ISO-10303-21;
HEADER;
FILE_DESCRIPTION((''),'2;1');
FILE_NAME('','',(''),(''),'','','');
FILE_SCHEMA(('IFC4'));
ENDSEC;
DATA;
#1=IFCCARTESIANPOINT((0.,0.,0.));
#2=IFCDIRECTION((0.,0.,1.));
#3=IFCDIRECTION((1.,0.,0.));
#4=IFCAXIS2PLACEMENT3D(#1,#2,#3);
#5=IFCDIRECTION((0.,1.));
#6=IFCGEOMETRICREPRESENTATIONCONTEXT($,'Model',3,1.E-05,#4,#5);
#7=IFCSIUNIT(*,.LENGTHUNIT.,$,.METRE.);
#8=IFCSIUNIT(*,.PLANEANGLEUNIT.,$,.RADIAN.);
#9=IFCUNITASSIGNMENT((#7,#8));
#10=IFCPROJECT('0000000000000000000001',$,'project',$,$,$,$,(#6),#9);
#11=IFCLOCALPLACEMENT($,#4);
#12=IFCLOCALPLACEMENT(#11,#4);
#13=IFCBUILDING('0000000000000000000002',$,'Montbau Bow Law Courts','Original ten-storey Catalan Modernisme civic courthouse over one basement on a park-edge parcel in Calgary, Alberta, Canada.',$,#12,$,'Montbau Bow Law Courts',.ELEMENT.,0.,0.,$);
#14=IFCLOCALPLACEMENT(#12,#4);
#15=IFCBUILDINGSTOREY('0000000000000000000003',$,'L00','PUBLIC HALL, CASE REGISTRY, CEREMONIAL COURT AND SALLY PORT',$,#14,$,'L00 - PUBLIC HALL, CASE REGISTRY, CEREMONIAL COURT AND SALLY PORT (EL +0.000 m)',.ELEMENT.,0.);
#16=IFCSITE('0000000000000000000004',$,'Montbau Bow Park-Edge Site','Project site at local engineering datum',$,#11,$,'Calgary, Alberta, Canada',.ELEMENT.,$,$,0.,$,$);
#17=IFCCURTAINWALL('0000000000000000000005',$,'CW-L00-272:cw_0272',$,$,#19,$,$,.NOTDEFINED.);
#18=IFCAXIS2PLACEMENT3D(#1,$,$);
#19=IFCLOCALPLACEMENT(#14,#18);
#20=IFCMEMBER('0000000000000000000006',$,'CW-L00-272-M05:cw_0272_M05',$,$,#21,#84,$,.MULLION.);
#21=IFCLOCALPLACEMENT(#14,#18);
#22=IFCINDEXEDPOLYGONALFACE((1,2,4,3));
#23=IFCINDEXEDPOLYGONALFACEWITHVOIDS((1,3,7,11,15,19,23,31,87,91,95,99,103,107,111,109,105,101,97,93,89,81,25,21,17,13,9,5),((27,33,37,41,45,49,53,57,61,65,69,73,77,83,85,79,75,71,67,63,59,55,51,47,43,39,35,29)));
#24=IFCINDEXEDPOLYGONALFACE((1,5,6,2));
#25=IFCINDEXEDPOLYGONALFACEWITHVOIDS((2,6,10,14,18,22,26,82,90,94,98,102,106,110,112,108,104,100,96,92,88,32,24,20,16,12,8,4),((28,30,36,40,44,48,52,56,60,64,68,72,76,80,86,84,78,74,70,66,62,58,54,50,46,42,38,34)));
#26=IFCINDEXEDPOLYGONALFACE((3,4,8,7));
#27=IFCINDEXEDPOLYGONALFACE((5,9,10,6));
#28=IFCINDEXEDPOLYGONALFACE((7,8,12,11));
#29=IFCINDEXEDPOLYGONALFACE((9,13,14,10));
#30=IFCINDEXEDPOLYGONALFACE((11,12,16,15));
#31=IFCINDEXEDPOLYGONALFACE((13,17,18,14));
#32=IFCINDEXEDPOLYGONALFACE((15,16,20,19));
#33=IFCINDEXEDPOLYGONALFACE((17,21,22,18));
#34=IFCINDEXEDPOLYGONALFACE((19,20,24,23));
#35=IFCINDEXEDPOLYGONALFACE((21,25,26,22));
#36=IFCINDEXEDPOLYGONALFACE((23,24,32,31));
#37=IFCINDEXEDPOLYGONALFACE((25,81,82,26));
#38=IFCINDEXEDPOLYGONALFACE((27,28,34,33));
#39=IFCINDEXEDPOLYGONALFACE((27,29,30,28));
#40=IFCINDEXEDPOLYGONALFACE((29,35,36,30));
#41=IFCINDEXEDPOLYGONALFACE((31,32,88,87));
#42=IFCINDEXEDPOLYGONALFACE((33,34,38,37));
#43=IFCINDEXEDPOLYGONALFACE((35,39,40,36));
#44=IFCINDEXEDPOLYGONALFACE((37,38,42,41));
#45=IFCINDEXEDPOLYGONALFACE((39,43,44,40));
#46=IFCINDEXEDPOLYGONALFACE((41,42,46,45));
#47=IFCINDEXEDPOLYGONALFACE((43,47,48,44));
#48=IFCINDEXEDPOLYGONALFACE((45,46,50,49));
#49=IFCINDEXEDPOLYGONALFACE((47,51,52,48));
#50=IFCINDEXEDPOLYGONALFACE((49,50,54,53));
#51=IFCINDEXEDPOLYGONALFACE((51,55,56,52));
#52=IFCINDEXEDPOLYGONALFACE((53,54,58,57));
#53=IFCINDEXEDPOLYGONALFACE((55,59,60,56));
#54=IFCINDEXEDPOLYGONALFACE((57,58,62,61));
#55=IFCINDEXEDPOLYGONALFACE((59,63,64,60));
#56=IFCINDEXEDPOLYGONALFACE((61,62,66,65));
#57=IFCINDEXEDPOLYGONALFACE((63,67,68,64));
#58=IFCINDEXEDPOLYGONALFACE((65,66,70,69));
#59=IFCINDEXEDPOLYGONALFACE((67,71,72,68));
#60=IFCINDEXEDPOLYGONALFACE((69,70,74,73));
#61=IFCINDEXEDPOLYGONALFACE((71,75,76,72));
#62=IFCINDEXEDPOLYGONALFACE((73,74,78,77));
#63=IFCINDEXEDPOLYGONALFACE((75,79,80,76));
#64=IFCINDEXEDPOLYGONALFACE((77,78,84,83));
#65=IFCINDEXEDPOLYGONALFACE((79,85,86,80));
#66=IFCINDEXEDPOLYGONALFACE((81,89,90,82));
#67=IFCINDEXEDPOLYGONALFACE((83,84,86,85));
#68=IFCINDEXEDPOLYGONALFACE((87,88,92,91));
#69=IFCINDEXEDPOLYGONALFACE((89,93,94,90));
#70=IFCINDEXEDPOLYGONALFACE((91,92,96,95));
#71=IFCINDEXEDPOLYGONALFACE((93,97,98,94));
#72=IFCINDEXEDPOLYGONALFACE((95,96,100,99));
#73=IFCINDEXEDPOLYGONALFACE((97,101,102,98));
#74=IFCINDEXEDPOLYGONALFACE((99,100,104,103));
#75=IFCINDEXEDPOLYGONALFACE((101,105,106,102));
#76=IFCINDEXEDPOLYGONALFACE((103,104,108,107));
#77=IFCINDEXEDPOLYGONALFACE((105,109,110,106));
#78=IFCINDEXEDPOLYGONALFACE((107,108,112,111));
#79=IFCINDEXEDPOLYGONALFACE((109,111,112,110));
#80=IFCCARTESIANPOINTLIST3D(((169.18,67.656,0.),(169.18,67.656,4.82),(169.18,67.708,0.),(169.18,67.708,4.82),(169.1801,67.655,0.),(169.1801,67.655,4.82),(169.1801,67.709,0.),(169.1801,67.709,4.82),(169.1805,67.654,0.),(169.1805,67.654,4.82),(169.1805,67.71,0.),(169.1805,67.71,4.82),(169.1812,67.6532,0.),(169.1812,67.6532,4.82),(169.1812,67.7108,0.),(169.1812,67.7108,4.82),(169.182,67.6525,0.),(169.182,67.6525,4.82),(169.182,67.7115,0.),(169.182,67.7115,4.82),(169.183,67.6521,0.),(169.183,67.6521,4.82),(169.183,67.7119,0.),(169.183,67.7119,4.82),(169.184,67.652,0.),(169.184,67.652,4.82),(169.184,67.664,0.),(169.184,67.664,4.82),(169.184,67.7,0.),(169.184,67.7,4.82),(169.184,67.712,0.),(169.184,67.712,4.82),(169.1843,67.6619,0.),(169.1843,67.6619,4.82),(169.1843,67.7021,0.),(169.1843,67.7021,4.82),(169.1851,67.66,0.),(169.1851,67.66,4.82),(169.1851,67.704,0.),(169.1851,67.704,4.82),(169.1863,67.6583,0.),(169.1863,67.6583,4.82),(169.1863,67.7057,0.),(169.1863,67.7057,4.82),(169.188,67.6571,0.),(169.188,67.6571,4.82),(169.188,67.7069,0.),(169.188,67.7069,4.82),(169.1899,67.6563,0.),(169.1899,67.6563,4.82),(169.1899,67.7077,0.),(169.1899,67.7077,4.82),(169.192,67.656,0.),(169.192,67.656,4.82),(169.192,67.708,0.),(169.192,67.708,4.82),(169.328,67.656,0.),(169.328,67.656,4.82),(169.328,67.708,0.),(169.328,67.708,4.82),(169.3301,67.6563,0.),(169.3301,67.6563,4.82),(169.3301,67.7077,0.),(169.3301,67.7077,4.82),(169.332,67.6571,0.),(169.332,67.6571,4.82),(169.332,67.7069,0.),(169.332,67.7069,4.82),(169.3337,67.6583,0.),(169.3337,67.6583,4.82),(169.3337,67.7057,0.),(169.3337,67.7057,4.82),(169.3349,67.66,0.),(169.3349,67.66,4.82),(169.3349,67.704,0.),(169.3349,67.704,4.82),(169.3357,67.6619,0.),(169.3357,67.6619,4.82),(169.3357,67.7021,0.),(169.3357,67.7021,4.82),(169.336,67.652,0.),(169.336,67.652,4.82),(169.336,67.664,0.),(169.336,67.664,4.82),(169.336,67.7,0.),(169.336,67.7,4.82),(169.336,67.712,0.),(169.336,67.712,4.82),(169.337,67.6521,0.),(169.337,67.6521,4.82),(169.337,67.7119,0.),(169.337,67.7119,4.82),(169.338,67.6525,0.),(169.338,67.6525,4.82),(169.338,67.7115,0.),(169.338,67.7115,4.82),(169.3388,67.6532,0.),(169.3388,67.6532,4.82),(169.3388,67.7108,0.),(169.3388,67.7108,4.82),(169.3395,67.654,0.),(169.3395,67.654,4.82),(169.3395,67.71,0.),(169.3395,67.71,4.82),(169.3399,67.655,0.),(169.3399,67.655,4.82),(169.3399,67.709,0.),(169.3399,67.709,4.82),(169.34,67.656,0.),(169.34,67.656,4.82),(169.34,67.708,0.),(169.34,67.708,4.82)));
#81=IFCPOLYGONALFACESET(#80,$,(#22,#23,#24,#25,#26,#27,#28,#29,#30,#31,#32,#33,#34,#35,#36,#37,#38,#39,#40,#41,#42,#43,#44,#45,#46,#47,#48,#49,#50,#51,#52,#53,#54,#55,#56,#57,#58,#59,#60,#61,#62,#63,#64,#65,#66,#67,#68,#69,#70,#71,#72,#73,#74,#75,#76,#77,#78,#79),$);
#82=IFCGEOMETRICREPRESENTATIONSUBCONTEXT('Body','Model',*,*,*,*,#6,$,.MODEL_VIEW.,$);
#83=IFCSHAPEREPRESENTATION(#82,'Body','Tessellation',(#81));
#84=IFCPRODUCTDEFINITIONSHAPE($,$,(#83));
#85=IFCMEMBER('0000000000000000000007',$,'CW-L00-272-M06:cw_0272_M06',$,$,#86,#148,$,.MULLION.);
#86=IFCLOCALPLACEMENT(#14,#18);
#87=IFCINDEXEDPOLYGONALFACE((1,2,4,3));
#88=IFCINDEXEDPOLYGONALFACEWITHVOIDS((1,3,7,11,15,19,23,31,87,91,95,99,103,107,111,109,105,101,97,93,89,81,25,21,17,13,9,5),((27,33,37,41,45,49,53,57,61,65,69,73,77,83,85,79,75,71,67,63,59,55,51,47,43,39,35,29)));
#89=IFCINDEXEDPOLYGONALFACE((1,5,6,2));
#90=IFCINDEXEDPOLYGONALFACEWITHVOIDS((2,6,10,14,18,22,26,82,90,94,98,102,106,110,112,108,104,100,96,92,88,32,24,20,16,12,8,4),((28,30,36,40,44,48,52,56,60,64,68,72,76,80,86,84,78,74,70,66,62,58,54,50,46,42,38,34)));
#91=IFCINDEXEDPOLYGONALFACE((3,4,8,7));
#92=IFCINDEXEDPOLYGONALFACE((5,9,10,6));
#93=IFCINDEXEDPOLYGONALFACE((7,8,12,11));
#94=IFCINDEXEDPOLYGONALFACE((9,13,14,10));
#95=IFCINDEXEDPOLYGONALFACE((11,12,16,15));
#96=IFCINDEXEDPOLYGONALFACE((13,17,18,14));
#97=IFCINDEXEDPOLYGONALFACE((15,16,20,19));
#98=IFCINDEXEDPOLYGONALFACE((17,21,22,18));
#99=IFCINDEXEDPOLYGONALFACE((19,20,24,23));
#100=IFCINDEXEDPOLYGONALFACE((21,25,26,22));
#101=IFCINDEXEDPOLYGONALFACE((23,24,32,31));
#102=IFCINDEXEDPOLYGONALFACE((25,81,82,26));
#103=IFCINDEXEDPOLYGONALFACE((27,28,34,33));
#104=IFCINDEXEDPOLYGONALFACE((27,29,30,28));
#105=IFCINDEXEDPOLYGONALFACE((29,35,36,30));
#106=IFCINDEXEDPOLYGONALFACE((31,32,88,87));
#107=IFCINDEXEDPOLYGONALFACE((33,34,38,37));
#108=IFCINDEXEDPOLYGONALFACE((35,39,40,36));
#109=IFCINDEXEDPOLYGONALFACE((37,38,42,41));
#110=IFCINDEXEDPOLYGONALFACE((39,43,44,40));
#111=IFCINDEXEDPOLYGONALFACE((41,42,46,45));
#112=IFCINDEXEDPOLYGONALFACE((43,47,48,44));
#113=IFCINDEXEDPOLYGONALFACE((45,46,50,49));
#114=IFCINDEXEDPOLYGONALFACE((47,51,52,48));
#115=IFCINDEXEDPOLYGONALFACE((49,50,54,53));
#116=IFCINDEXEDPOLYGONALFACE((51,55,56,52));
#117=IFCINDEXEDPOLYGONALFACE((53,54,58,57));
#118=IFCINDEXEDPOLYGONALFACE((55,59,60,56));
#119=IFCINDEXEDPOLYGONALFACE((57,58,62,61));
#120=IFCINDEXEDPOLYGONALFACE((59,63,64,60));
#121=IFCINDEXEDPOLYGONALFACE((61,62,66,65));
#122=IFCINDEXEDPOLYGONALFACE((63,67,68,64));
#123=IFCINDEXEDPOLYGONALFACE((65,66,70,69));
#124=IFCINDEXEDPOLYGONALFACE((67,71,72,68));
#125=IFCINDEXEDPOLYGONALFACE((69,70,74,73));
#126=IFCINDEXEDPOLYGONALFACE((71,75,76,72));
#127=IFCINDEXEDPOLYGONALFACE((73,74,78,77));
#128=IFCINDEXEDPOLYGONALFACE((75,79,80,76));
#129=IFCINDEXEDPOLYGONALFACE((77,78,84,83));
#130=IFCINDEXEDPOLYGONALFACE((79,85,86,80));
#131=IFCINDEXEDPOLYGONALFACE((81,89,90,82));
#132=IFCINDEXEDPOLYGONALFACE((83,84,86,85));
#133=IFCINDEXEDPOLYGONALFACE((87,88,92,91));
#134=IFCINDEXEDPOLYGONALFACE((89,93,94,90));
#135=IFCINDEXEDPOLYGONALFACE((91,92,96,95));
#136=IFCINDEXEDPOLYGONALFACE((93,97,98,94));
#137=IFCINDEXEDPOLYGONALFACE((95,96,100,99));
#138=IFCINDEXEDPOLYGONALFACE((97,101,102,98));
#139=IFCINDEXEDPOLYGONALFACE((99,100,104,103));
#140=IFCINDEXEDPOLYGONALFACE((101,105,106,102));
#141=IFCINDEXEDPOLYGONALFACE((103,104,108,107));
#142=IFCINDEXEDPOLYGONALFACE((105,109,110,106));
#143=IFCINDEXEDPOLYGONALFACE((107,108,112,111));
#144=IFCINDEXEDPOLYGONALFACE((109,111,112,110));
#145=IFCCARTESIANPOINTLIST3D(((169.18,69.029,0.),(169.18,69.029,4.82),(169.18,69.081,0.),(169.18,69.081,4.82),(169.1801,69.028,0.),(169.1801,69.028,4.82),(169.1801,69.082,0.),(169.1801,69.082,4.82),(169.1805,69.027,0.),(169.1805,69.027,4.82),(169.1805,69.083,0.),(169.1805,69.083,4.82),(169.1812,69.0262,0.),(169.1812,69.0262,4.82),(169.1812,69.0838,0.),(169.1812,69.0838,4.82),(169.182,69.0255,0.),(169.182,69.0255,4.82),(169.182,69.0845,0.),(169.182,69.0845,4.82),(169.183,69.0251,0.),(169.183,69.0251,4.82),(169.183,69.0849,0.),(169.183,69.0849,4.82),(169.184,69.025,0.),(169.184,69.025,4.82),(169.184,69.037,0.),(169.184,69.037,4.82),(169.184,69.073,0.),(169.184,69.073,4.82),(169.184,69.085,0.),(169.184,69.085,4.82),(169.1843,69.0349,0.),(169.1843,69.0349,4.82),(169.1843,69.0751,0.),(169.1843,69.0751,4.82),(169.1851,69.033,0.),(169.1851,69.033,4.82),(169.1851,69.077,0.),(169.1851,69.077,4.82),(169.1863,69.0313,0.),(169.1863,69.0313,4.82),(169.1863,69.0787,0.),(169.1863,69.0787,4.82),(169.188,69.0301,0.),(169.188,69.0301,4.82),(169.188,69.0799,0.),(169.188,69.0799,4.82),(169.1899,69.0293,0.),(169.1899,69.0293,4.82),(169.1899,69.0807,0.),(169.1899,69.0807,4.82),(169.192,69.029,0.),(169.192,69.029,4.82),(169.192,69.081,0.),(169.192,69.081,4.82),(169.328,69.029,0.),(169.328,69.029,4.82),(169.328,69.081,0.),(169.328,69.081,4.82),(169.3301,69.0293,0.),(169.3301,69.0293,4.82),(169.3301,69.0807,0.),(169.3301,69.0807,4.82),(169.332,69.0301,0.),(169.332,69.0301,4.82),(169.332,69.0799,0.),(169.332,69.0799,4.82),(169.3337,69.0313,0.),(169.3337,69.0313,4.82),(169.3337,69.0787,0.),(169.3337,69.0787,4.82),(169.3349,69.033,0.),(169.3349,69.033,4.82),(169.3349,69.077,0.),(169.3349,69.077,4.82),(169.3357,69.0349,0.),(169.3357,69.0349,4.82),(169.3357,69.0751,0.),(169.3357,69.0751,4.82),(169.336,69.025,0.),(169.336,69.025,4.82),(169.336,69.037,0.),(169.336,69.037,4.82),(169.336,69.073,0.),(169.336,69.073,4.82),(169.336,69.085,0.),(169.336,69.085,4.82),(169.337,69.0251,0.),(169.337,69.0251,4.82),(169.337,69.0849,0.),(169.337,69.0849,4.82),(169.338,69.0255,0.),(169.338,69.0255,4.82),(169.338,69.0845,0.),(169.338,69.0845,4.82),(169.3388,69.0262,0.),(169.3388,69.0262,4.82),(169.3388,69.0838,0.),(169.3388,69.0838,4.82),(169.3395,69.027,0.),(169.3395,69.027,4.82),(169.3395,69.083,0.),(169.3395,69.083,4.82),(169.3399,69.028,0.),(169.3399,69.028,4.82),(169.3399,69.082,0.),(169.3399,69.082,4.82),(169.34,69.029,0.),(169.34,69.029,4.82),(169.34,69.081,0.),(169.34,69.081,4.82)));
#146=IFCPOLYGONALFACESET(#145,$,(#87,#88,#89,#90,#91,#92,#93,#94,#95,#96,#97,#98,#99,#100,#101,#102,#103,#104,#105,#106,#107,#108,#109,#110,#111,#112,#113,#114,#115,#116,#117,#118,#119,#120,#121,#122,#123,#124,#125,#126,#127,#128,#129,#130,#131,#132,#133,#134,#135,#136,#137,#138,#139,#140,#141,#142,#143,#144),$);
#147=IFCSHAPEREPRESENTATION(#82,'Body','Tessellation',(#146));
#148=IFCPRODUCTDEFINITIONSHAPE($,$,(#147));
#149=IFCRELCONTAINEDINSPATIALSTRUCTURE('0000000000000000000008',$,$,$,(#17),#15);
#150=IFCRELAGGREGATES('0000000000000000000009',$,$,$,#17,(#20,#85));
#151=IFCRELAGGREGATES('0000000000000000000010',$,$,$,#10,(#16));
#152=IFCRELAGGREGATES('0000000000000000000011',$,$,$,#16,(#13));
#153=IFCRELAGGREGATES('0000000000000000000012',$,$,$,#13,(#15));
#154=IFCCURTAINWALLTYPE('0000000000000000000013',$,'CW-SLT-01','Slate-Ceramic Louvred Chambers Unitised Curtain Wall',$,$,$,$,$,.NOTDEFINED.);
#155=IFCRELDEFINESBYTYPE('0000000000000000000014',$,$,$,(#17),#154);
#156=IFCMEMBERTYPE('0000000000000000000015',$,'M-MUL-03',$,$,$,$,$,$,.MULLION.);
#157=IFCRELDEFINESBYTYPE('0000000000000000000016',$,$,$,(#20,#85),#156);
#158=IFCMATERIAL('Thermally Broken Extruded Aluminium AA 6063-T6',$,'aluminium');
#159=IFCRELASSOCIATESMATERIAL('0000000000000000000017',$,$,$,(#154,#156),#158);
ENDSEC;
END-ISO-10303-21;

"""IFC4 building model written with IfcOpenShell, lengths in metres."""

from ifc_helpers import new_model, si_unit, direction, frame, origin_with_axes, origin_2d_with_axis, place, context, subcontext, project, spatial, hollow_rectangle, extrude, material, material_profile, profile_set, type_object, element, aggregate, save


model = new_model("IFC4")

# Units and contexts
model_context = context("Model", 3, precision=1e-05, world=origin_with_axes(), true_north=direction((0.0, 1.0)))
body_context = subcontext(model_context, "Body", "Model", "MODEL_VIEW")
ifc_project = project(units=[si_unit("LENGTHUNIT", "METRE"), si_unit("PLANEANGLEUNIT", "RADIAN")], contexts=[model_context])

# Site, building, storey
site_placement = place(None, origin_with_axes())
site = spatial("IfcSite", under=ifc_project, at=site_placement, Name="Montbau Bow Park-Edge Site", Description="Project site at local engineering datum", LongName="Calgary, Alberta, Canada", CompositionType="ELEMENT", RefElevation=0.0)
building_placement = place(site_placement, origin_with_axes())
building = spatial("IfcBuilding", under=site, at=building_placement, Name="Montbau Bow Law Courts", Description="Original ten-storey Catalan Modernisme civic courthouse over one basement on a park-edge parcel in Calgary, Alberta, Canada.", LongName="Montbau Bow Law Courts", CompositionType="ELEMENT", ElevationOfRefHeight=0.0, ElevationOfTerrain=0.0)
storey_placement = place(building_placement, origin_with_axes())
storey = spatial("IfcBuildingStorey", under=building, at=storey_placement, Name="L00", Description="PUBLIC HALL, CASE REGISTRY, CEREMONIAL COURT AND SALLY PORT", LongName="L00 - PUBLIC HALL, CASE REGISTRY, CEREMONIAL COURT AND SALLY PORT (EL +0.000 m)", CompositionType="ELEMENT", Elevation=0.0)

# Curtain wall, members
ifc_material_1 = material(Name="Thermally Broken Extruded Aluminium AA 6063-T6", Category="aluminium")
curtain_wall_type = type_object("IfcCurtainWallType", Name="CW-SLT-01", Description="Slate-Ceramic Louvred Chambers Unitised Curtain Wall", PredefinedType="NOTDEFINED", material=ifc_material_1)
curtain_wall_1_placement = place(None, frame((169.26, 62.068, 0.0), z_axis=(0.0, 0.0, 1.0), x_axis=(1.0, 0.0, 0.0)))
curtain_wall_1 = element("IfcCurtainWall", 1, at=curtain_wall_1_placement, inside=storey, type_object=curtain_wall_type, Name="CW-L00-272:cw_0272", PredefinedType="NOTDEFINED")
ifc_material_profile_1 = material_profile(ifc_material_1, hollow_rectangle(XDim=0.06, YDim=0.16, WallThickness=0.004, InnerFilletRadius=0.008, OuterFilletRadius=0.004, at=origin_2d_with_axis()), Name="CWM-160X60", Category="Main", Priority=0)
ifc_profile_set_1 = profile_set([ifc_material_profile_1], Name="Thermally Broken Extruded Aluminium AA 6063-T6")
member_type_1 = type_object("IfcMemberType", Name="M-MUL-03", PredefinedType="MULLION", material=ifc_profile_set_1)
member_1_placement = place(None, frame((169.26, 67.682, 0.0), z_axis=(0.0, 0.0, 1.0), x_axis=(0.0, 1.0, 0.0)))
member_1 = element("IfcMember", 2, at=member_1_placement, type_object=member_type_1, Name="CW-L00-272-M05:cw_0272_M05", PredefinedType="MULLION", context=body_context, shape_type="SweptSolid", body=[
    extrude(hollow_rectangle(XDim=0.06, YDim=0.16, WallThickness=0.004, InnerFilletRadius=0.008, OuterFilletRadius=0.004, at=origin_2d_with_axis()), origin_with_axes(), (0.0, 0.0, 1.0), 4.82),
])
member_2_placement = place(None, frame((169.26, 69.055, 0.0), z_axis=(0.0, 0.0, 1.0), x_axis=(0.0, 1.0, 0.0)))
member_2 = element("IfcMember", 3, at=member_2_placement, type_object=member_type_1, Name="CW-L00-272-M06:cw_0272_M06", PredefinedType="MULLION", context=body_context, shape_type="SweptSolid", body=[
    extrude(hollow_rectangle(XDim=0.06, YDim=0.16, WallThickness=0.004, InnerFilletRadius=0.008, OuterFilletRadius=0.004, at=origin_2d_with_axis()), origin_with_axes(), (0.0, 0.0, 1.0), 4.82),
])

aggregate(curtain_wall_1, [member_1, member_2])

save(model, "model.ifc")
